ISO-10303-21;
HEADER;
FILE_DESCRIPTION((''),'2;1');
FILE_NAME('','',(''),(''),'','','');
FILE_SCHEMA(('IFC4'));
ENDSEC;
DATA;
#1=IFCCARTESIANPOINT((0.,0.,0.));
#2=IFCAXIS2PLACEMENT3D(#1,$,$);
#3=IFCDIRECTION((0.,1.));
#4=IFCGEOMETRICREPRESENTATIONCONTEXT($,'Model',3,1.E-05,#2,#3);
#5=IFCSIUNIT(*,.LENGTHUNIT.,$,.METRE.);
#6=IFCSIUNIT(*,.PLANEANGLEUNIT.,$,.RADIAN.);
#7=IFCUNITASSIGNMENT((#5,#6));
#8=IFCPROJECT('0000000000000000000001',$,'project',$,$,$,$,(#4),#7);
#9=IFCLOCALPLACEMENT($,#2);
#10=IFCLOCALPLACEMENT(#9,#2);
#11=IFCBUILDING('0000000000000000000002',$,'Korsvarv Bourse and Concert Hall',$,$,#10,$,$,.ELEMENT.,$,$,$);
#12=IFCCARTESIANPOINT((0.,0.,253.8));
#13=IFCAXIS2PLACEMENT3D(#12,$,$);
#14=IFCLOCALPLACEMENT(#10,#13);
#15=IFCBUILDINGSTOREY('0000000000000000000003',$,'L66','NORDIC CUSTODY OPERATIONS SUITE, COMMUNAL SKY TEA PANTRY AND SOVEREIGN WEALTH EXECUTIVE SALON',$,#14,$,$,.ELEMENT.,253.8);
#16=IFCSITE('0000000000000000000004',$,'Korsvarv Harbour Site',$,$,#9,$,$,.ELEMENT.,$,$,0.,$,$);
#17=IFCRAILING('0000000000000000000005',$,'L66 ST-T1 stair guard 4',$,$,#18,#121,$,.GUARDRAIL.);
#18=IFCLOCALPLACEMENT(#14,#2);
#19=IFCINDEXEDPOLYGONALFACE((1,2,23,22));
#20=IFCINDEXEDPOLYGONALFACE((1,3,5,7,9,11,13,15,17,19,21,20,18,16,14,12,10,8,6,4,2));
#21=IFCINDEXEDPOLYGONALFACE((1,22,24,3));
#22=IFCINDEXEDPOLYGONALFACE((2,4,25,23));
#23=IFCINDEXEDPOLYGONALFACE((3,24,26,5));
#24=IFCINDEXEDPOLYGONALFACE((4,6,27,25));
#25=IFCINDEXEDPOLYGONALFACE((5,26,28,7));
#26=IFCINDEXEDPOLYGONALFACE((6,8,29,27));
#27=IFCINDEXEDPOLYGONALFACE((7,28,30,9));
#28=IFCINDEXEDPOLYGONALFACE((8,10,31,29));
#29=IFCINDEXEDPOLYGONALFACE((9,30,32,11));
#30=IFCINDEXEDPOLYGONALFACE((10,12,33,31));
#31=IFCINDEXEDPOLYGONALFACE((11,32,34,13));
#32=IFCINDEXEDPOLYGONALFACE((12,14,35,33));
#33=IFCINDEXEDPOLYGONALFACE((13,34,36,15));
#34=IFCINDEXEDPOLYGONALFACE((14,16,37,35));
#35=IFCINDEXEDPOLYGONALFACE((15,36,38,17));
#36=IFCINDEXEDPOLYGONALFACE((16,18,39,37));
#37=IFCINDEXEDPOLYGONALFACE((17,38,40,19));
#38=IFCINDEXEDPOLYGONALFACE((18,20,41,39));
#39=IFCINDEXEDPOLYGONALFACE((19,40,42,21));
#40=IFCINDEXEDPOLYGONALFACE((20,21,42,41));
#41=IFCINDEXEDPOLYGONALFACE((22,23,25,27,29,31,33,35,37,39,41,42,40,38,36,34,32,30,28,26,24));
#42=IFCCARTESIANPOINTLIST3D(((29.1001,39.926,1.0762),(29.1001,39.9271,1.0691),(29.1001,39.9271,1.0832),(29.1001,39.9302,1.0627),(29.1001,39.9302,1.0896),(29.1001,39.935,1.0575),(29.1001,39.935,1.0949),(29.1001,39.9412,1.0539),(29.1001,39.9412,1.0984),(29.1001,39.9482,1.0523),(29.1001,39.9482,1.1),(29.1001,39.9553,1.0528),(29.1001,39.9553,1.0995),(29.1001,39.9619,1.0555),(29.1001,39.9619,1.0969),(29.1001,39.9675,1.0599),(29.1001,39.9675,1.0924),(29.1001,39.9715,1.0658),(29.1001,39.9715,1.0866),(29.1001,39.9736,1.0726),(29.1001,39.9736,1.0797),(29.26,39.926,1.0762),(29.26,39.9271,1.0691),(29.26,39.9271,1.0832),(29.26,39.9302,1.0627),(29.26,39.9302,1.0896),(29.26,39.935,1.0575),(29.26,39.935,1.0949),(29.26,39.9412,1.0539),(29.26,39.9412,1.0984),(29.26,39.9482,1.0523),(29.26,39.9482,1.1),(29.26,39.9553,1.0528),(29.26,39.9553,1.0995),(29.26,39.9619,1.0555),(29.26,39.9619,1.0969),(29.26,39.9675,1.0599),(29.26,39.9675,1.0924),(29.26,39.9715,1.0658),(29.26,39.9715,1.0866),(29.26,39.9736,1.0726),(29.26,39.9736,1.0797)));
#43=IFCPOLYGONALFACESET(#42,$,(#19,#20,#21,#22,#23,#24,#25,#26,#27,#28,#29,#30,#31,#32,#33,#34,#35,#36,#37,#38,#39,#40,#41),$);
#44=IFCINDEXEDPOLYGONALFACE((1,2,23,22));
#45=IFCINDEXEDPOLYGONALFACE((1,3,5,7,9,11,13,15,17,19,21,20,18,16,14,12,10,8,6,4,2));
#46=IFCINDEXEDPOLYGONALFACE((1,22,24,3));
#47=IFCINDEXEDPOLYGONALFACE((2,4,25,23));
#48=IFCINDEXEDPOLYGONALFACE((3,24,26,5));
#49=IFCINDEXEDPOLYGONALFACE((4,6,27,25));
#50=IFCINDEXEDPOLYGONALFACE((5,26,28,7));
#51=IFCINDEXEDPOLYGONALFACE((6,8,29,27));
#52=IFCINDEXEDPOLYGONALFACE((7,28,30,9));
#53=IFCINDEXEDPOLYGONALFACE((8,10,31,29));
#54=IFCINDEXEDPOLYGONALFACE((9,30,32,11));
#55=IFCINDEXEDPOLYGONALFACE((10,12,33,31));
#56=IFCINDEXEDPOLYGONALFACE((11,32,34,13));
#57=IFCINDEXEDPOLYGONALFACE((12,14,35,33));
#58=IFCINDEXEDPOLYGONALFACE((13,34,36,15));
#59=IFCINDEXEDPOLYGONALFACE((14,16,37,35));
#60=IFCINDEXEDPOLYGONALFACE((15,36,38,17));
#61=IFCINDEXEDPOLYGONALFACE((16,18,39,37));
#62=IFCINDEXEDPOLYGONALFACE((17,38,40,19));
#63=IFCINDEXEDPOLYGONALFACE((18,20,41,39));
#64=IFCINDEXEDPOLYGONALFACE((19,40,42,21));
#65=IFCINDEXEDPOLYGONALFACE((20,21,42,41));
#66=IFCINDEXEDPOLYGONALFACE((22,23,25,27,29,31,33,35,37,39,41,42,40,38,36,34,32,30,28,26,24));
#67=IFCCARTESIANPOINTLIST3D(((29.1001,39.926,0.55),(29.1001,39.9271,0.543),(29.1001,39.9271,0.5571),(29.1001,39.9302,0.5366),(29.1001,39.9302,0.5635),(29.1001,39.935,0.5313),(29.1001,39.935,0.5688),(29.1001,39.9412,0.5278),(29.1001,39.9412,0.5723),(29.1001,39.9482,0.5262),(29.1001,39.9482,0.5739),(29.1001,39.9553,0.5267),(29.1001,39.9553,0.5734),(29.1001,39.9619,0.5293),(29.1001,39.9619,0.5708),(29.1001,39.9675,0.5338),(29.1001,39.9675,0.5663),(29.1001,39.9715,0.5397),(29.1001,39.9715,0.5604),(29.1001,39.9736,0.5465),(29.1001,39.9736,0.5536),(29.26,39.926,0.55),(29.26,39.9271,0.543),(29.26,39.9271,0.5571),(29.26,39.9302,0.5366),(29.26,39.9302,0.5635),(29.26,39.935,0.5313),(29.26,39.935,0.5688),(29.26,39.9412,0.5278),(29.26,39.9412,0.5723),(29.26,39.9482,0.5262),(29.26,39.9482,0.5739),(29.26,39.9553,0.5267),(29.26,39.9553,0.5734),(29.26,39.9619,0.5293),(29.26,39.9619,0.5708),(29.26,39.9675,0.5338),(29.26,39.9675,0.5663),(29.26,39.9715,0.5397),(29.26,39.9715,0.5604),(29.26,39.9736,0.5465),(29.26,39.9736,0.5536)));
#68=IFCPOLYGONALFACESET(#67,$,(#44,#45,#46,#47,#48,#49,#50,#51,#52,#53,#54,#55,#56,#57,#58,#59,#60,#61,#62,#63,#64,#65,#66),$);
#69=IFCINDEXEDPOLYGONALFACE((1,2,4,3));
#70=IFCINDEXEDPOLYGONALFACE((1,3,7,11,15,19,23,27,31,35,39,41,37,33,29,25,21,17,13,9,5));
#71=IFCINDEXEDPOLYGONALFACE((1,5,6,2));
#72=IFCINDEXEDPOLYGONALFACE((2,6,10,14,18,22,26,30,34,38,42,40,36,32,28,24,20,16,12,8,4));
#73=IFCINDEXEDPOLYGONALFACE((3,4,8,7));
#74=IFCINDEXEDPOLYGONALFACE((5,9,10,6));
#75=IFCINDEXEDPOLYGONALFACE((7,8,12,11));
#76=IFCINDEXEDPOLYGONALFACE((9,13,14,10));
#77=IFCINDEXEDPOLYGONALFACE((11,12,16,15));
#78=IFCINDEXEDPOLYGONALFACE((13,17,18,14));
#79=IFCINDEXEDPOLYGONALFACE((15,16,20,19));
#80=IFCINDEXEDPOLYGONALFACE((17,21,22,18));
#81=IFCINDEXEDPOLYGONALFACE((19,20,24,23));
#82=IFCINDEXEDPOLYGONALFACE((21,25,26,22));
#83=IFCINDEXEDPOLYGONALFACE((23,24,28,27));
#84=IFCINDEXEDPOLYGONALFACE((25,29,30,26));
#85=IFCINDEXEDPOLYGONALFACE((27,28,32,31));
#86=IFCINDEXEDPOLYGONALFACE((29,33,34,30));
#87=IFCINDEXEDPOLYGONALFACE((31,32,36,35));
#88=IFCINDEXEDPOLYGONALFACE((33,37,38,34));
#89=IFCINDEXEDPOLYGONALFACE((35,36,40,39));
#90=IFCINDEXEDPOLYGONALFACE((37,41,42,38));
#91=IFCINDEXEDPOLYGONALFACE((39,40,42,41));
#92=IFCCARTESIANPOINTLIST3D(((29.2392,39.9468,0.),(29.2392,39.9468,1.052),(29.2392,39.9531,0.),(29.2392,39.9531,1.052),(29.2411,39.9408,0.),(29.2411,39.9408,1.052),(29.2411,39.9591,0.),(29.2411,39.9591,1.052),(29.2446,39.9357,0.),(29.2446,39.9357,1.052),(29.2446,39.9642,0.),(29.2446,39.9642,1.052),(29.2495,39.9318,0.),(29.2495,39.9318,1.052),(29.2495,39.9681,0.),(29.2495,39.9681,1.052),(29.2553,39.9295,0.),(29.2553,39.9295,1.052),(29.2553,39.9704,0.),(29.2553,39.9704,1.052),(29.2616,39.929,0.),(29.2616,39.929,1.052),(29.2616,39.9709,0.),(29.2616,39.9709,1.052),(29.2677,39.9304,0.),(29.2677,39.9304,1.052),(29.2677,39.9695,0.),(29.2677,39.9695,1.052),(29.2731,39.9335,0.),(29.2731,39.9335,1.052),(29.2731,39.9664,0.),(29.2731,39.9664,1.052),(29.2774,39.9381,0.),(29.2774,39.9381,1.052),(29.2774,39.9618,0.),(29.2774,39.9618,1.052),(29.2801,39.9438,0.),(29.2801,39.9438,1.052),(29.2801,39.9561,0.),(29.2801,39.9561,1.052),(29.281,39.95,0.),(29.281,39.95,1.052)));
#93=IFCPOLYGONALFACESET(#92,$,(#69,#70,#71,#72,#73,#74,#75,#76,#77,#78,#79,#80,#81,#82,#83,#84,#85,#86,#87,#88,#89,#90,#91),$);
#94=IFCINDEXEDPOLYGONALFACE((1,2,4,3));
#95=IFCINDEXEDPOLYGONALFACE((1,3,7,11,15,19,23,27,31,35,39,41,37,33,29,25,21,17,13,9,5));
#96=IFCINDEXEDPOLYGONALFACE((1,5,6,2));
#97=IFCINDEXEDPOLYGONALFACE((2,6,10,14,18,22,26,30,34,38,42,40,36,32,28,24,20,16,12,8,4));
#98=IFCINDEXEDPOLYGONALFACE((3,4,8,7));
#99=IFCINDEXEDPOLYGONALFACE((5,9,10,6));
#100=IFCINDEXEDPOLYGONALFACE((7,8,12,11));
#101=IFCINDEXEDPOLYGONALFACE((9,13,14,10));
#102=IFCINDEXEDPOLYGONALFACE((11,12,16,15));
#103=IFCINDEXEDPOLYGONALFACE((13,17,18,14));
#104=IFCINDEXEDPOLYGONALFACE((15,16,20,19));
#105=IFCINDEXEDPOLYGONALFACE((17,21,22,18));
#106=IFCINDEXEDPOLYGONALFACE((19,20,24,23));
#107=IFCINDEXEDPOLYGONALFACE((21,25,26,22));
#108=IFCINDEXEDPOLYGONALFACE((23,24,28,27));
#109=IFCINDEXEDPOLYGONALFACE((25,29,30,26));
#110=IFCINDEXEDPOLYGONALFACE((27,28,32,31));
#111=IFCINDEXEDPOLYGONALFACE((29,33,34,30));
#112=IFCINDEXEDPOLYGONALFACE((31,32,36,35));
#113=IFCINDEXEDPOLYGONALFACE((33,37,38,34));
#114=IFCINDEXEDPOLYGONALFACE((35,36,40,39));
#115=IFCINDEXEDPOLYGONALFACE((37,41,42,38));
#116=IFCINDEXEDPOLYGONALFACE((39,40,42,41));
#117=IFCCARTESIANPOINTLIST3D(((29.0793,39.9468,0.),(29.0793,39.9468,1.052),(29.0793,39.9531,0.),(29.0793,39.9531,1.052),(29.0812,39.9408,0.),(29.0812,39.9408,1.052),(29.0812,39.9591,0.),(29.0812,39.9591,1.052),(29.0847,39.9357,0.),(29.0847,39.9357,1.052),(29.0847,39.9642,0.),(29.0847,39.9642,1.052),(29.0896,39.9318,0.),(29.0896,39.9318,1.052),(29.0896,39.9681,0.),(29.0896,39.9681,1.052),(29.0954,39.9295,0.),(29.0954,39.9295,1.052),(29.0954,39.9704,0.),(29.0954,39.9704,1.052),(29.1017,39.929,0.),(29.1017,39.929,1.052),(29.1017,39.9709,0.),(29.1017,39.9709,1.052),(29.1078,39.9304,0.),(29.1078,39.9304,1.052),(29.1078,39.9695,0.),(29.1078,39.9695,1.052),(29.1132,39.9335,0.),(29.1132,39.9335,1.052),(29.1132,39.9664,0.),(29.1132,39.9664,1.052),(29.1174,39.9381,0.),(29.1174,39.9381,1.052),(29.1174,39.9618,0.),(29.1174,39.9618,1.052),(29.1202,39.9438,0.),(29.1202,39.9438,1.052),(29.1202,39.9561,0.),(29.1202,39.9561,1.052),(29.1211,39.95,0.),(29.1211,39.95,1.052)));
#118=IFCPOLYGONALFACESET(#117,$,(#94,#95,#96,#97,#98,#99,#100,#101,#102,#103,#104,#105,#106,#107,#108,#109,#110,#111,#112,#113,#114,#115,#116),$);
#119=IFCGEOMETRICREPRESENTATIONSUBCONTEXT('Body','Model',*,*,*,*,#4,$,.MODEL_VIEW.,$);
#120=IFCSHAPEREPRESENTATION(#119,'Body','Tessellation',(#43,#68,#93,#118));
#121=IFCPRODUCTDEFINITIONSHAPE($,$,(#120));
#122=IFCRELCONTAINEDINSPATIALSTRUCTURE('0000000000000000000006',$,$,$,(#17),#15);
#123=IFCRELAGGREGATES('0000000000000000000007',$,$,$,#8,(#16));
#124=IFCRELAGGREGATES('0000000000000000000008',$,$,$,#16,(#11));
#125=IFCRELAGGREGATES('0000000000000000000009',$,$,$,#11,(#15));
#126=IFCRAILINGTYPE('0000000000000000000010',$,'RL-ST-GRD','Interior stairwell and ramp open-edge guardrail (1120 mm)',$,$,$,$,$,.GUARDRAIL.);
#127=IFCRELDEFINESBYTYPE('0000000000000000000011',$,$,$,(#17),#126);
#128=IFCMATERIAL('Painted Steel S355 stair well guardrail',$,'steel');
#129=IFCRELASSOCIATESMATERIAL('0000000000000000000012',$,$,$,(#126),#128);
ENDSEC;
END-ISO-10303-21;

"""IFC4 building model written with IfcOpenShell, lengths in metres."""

from ifc_helpers import new_model, si_unit, direction, frame, origin, origin_2d, place, context, subcontext, project, spatial, circle, extrude, material, type_object, element, save


model = new_model("IFC4")

# Units and contexts
model_context = context("Model", 3, precision=1e-05, world=origin(), true_north=direction((0.0, 1.0)))
body_context = subcontext(model_context, "Body", "Model", "MODEL_VIEW")
ifc_project = project(units=[si_unit("LENGTHUNIT", "METRE"), si_unit("PLANEANGLEUNIT", "RADIAN")], contexts=[model_context])

# Site, building, storey
site_placement = place(None, origin())
site = spatial("IfcSite", under=ifc_project, at=site_placement, Name="Korsvarv Harbour Site", CompositionType="ELEMENT", RefElevation=0.0)
building_placement = place(site_placement, origin())
building = spatial("IfcBuilding", under=site, at=building_placement, Name="Korsvarv Bourse and Concert Hall", CompositionType="ELEMENT")
storey_placement = place(building_placement, frame((0.0, 0.0, 253.8)))
storey = spatial("IfcBuildingStorey", under=building, at=storey_placement, Name="L66", Description="NORDIC CUSTODY OPERATIONS SUITE, COMMUNAL SKY TEA PANTRY AND SOVEREIGN WEALTH EXECUTIVE SALON", CompositionType="ELEMENT", Elevation=253.8)

# Railing
ifc_material_1 = material(Name="Painted Steel S355 stair well guardrail", Category="steel")
railing_type_1 = type_object("IfcRailingType", Name="RL-ST-GRD", Description="Interior stairwell and ramp open-edge guardrail (1120 mm)", PredefinedType="GUARDRAIL", material=ifc_material_1)
railing_1_placement = place(storey_placement, frame((29.26, 39.95, 0.0)))
element("IfcRailing", 1, at=railing_1_placement, inside=storey, type_object=railing_type_1, Name="L66 ST-T1 stair guard 4", PredefinedType="GUARDRAIL", context=body_context, shape_type="SweptSolid", body=[
    extrude(circle(Radius=0.0239, at=origin_2d()), frame((0.0, 0.0, 1.0762), z_axis=(-1.0, 0.0, 0.0), x_axis=(0.0, -1.0, 0.0)), (0.0, 0.0, 1.0), 0.1599),
    extrude(circle(Radius=0.0239, at=origin_2d()), frame((0.0, 0.0, 0.55), z_axis=(-1.0, 0.0, 0.0), x_axis=(0.0, -1.0, 0.0)), (0.0, 0.0, 1.0), 0.1599),
    extrude(circle(Radius=0.021, at=origin_2d()), origin(), (0.0, 0.0, 1.0), 1.052),
    extrude(circle(Radius=0.021, at=origin_2d()), frame((-0.1599, 0.0, 0.0)), (0.0, 0.0, 1.0), 1.052),
])

save(model, "model.ifc")
